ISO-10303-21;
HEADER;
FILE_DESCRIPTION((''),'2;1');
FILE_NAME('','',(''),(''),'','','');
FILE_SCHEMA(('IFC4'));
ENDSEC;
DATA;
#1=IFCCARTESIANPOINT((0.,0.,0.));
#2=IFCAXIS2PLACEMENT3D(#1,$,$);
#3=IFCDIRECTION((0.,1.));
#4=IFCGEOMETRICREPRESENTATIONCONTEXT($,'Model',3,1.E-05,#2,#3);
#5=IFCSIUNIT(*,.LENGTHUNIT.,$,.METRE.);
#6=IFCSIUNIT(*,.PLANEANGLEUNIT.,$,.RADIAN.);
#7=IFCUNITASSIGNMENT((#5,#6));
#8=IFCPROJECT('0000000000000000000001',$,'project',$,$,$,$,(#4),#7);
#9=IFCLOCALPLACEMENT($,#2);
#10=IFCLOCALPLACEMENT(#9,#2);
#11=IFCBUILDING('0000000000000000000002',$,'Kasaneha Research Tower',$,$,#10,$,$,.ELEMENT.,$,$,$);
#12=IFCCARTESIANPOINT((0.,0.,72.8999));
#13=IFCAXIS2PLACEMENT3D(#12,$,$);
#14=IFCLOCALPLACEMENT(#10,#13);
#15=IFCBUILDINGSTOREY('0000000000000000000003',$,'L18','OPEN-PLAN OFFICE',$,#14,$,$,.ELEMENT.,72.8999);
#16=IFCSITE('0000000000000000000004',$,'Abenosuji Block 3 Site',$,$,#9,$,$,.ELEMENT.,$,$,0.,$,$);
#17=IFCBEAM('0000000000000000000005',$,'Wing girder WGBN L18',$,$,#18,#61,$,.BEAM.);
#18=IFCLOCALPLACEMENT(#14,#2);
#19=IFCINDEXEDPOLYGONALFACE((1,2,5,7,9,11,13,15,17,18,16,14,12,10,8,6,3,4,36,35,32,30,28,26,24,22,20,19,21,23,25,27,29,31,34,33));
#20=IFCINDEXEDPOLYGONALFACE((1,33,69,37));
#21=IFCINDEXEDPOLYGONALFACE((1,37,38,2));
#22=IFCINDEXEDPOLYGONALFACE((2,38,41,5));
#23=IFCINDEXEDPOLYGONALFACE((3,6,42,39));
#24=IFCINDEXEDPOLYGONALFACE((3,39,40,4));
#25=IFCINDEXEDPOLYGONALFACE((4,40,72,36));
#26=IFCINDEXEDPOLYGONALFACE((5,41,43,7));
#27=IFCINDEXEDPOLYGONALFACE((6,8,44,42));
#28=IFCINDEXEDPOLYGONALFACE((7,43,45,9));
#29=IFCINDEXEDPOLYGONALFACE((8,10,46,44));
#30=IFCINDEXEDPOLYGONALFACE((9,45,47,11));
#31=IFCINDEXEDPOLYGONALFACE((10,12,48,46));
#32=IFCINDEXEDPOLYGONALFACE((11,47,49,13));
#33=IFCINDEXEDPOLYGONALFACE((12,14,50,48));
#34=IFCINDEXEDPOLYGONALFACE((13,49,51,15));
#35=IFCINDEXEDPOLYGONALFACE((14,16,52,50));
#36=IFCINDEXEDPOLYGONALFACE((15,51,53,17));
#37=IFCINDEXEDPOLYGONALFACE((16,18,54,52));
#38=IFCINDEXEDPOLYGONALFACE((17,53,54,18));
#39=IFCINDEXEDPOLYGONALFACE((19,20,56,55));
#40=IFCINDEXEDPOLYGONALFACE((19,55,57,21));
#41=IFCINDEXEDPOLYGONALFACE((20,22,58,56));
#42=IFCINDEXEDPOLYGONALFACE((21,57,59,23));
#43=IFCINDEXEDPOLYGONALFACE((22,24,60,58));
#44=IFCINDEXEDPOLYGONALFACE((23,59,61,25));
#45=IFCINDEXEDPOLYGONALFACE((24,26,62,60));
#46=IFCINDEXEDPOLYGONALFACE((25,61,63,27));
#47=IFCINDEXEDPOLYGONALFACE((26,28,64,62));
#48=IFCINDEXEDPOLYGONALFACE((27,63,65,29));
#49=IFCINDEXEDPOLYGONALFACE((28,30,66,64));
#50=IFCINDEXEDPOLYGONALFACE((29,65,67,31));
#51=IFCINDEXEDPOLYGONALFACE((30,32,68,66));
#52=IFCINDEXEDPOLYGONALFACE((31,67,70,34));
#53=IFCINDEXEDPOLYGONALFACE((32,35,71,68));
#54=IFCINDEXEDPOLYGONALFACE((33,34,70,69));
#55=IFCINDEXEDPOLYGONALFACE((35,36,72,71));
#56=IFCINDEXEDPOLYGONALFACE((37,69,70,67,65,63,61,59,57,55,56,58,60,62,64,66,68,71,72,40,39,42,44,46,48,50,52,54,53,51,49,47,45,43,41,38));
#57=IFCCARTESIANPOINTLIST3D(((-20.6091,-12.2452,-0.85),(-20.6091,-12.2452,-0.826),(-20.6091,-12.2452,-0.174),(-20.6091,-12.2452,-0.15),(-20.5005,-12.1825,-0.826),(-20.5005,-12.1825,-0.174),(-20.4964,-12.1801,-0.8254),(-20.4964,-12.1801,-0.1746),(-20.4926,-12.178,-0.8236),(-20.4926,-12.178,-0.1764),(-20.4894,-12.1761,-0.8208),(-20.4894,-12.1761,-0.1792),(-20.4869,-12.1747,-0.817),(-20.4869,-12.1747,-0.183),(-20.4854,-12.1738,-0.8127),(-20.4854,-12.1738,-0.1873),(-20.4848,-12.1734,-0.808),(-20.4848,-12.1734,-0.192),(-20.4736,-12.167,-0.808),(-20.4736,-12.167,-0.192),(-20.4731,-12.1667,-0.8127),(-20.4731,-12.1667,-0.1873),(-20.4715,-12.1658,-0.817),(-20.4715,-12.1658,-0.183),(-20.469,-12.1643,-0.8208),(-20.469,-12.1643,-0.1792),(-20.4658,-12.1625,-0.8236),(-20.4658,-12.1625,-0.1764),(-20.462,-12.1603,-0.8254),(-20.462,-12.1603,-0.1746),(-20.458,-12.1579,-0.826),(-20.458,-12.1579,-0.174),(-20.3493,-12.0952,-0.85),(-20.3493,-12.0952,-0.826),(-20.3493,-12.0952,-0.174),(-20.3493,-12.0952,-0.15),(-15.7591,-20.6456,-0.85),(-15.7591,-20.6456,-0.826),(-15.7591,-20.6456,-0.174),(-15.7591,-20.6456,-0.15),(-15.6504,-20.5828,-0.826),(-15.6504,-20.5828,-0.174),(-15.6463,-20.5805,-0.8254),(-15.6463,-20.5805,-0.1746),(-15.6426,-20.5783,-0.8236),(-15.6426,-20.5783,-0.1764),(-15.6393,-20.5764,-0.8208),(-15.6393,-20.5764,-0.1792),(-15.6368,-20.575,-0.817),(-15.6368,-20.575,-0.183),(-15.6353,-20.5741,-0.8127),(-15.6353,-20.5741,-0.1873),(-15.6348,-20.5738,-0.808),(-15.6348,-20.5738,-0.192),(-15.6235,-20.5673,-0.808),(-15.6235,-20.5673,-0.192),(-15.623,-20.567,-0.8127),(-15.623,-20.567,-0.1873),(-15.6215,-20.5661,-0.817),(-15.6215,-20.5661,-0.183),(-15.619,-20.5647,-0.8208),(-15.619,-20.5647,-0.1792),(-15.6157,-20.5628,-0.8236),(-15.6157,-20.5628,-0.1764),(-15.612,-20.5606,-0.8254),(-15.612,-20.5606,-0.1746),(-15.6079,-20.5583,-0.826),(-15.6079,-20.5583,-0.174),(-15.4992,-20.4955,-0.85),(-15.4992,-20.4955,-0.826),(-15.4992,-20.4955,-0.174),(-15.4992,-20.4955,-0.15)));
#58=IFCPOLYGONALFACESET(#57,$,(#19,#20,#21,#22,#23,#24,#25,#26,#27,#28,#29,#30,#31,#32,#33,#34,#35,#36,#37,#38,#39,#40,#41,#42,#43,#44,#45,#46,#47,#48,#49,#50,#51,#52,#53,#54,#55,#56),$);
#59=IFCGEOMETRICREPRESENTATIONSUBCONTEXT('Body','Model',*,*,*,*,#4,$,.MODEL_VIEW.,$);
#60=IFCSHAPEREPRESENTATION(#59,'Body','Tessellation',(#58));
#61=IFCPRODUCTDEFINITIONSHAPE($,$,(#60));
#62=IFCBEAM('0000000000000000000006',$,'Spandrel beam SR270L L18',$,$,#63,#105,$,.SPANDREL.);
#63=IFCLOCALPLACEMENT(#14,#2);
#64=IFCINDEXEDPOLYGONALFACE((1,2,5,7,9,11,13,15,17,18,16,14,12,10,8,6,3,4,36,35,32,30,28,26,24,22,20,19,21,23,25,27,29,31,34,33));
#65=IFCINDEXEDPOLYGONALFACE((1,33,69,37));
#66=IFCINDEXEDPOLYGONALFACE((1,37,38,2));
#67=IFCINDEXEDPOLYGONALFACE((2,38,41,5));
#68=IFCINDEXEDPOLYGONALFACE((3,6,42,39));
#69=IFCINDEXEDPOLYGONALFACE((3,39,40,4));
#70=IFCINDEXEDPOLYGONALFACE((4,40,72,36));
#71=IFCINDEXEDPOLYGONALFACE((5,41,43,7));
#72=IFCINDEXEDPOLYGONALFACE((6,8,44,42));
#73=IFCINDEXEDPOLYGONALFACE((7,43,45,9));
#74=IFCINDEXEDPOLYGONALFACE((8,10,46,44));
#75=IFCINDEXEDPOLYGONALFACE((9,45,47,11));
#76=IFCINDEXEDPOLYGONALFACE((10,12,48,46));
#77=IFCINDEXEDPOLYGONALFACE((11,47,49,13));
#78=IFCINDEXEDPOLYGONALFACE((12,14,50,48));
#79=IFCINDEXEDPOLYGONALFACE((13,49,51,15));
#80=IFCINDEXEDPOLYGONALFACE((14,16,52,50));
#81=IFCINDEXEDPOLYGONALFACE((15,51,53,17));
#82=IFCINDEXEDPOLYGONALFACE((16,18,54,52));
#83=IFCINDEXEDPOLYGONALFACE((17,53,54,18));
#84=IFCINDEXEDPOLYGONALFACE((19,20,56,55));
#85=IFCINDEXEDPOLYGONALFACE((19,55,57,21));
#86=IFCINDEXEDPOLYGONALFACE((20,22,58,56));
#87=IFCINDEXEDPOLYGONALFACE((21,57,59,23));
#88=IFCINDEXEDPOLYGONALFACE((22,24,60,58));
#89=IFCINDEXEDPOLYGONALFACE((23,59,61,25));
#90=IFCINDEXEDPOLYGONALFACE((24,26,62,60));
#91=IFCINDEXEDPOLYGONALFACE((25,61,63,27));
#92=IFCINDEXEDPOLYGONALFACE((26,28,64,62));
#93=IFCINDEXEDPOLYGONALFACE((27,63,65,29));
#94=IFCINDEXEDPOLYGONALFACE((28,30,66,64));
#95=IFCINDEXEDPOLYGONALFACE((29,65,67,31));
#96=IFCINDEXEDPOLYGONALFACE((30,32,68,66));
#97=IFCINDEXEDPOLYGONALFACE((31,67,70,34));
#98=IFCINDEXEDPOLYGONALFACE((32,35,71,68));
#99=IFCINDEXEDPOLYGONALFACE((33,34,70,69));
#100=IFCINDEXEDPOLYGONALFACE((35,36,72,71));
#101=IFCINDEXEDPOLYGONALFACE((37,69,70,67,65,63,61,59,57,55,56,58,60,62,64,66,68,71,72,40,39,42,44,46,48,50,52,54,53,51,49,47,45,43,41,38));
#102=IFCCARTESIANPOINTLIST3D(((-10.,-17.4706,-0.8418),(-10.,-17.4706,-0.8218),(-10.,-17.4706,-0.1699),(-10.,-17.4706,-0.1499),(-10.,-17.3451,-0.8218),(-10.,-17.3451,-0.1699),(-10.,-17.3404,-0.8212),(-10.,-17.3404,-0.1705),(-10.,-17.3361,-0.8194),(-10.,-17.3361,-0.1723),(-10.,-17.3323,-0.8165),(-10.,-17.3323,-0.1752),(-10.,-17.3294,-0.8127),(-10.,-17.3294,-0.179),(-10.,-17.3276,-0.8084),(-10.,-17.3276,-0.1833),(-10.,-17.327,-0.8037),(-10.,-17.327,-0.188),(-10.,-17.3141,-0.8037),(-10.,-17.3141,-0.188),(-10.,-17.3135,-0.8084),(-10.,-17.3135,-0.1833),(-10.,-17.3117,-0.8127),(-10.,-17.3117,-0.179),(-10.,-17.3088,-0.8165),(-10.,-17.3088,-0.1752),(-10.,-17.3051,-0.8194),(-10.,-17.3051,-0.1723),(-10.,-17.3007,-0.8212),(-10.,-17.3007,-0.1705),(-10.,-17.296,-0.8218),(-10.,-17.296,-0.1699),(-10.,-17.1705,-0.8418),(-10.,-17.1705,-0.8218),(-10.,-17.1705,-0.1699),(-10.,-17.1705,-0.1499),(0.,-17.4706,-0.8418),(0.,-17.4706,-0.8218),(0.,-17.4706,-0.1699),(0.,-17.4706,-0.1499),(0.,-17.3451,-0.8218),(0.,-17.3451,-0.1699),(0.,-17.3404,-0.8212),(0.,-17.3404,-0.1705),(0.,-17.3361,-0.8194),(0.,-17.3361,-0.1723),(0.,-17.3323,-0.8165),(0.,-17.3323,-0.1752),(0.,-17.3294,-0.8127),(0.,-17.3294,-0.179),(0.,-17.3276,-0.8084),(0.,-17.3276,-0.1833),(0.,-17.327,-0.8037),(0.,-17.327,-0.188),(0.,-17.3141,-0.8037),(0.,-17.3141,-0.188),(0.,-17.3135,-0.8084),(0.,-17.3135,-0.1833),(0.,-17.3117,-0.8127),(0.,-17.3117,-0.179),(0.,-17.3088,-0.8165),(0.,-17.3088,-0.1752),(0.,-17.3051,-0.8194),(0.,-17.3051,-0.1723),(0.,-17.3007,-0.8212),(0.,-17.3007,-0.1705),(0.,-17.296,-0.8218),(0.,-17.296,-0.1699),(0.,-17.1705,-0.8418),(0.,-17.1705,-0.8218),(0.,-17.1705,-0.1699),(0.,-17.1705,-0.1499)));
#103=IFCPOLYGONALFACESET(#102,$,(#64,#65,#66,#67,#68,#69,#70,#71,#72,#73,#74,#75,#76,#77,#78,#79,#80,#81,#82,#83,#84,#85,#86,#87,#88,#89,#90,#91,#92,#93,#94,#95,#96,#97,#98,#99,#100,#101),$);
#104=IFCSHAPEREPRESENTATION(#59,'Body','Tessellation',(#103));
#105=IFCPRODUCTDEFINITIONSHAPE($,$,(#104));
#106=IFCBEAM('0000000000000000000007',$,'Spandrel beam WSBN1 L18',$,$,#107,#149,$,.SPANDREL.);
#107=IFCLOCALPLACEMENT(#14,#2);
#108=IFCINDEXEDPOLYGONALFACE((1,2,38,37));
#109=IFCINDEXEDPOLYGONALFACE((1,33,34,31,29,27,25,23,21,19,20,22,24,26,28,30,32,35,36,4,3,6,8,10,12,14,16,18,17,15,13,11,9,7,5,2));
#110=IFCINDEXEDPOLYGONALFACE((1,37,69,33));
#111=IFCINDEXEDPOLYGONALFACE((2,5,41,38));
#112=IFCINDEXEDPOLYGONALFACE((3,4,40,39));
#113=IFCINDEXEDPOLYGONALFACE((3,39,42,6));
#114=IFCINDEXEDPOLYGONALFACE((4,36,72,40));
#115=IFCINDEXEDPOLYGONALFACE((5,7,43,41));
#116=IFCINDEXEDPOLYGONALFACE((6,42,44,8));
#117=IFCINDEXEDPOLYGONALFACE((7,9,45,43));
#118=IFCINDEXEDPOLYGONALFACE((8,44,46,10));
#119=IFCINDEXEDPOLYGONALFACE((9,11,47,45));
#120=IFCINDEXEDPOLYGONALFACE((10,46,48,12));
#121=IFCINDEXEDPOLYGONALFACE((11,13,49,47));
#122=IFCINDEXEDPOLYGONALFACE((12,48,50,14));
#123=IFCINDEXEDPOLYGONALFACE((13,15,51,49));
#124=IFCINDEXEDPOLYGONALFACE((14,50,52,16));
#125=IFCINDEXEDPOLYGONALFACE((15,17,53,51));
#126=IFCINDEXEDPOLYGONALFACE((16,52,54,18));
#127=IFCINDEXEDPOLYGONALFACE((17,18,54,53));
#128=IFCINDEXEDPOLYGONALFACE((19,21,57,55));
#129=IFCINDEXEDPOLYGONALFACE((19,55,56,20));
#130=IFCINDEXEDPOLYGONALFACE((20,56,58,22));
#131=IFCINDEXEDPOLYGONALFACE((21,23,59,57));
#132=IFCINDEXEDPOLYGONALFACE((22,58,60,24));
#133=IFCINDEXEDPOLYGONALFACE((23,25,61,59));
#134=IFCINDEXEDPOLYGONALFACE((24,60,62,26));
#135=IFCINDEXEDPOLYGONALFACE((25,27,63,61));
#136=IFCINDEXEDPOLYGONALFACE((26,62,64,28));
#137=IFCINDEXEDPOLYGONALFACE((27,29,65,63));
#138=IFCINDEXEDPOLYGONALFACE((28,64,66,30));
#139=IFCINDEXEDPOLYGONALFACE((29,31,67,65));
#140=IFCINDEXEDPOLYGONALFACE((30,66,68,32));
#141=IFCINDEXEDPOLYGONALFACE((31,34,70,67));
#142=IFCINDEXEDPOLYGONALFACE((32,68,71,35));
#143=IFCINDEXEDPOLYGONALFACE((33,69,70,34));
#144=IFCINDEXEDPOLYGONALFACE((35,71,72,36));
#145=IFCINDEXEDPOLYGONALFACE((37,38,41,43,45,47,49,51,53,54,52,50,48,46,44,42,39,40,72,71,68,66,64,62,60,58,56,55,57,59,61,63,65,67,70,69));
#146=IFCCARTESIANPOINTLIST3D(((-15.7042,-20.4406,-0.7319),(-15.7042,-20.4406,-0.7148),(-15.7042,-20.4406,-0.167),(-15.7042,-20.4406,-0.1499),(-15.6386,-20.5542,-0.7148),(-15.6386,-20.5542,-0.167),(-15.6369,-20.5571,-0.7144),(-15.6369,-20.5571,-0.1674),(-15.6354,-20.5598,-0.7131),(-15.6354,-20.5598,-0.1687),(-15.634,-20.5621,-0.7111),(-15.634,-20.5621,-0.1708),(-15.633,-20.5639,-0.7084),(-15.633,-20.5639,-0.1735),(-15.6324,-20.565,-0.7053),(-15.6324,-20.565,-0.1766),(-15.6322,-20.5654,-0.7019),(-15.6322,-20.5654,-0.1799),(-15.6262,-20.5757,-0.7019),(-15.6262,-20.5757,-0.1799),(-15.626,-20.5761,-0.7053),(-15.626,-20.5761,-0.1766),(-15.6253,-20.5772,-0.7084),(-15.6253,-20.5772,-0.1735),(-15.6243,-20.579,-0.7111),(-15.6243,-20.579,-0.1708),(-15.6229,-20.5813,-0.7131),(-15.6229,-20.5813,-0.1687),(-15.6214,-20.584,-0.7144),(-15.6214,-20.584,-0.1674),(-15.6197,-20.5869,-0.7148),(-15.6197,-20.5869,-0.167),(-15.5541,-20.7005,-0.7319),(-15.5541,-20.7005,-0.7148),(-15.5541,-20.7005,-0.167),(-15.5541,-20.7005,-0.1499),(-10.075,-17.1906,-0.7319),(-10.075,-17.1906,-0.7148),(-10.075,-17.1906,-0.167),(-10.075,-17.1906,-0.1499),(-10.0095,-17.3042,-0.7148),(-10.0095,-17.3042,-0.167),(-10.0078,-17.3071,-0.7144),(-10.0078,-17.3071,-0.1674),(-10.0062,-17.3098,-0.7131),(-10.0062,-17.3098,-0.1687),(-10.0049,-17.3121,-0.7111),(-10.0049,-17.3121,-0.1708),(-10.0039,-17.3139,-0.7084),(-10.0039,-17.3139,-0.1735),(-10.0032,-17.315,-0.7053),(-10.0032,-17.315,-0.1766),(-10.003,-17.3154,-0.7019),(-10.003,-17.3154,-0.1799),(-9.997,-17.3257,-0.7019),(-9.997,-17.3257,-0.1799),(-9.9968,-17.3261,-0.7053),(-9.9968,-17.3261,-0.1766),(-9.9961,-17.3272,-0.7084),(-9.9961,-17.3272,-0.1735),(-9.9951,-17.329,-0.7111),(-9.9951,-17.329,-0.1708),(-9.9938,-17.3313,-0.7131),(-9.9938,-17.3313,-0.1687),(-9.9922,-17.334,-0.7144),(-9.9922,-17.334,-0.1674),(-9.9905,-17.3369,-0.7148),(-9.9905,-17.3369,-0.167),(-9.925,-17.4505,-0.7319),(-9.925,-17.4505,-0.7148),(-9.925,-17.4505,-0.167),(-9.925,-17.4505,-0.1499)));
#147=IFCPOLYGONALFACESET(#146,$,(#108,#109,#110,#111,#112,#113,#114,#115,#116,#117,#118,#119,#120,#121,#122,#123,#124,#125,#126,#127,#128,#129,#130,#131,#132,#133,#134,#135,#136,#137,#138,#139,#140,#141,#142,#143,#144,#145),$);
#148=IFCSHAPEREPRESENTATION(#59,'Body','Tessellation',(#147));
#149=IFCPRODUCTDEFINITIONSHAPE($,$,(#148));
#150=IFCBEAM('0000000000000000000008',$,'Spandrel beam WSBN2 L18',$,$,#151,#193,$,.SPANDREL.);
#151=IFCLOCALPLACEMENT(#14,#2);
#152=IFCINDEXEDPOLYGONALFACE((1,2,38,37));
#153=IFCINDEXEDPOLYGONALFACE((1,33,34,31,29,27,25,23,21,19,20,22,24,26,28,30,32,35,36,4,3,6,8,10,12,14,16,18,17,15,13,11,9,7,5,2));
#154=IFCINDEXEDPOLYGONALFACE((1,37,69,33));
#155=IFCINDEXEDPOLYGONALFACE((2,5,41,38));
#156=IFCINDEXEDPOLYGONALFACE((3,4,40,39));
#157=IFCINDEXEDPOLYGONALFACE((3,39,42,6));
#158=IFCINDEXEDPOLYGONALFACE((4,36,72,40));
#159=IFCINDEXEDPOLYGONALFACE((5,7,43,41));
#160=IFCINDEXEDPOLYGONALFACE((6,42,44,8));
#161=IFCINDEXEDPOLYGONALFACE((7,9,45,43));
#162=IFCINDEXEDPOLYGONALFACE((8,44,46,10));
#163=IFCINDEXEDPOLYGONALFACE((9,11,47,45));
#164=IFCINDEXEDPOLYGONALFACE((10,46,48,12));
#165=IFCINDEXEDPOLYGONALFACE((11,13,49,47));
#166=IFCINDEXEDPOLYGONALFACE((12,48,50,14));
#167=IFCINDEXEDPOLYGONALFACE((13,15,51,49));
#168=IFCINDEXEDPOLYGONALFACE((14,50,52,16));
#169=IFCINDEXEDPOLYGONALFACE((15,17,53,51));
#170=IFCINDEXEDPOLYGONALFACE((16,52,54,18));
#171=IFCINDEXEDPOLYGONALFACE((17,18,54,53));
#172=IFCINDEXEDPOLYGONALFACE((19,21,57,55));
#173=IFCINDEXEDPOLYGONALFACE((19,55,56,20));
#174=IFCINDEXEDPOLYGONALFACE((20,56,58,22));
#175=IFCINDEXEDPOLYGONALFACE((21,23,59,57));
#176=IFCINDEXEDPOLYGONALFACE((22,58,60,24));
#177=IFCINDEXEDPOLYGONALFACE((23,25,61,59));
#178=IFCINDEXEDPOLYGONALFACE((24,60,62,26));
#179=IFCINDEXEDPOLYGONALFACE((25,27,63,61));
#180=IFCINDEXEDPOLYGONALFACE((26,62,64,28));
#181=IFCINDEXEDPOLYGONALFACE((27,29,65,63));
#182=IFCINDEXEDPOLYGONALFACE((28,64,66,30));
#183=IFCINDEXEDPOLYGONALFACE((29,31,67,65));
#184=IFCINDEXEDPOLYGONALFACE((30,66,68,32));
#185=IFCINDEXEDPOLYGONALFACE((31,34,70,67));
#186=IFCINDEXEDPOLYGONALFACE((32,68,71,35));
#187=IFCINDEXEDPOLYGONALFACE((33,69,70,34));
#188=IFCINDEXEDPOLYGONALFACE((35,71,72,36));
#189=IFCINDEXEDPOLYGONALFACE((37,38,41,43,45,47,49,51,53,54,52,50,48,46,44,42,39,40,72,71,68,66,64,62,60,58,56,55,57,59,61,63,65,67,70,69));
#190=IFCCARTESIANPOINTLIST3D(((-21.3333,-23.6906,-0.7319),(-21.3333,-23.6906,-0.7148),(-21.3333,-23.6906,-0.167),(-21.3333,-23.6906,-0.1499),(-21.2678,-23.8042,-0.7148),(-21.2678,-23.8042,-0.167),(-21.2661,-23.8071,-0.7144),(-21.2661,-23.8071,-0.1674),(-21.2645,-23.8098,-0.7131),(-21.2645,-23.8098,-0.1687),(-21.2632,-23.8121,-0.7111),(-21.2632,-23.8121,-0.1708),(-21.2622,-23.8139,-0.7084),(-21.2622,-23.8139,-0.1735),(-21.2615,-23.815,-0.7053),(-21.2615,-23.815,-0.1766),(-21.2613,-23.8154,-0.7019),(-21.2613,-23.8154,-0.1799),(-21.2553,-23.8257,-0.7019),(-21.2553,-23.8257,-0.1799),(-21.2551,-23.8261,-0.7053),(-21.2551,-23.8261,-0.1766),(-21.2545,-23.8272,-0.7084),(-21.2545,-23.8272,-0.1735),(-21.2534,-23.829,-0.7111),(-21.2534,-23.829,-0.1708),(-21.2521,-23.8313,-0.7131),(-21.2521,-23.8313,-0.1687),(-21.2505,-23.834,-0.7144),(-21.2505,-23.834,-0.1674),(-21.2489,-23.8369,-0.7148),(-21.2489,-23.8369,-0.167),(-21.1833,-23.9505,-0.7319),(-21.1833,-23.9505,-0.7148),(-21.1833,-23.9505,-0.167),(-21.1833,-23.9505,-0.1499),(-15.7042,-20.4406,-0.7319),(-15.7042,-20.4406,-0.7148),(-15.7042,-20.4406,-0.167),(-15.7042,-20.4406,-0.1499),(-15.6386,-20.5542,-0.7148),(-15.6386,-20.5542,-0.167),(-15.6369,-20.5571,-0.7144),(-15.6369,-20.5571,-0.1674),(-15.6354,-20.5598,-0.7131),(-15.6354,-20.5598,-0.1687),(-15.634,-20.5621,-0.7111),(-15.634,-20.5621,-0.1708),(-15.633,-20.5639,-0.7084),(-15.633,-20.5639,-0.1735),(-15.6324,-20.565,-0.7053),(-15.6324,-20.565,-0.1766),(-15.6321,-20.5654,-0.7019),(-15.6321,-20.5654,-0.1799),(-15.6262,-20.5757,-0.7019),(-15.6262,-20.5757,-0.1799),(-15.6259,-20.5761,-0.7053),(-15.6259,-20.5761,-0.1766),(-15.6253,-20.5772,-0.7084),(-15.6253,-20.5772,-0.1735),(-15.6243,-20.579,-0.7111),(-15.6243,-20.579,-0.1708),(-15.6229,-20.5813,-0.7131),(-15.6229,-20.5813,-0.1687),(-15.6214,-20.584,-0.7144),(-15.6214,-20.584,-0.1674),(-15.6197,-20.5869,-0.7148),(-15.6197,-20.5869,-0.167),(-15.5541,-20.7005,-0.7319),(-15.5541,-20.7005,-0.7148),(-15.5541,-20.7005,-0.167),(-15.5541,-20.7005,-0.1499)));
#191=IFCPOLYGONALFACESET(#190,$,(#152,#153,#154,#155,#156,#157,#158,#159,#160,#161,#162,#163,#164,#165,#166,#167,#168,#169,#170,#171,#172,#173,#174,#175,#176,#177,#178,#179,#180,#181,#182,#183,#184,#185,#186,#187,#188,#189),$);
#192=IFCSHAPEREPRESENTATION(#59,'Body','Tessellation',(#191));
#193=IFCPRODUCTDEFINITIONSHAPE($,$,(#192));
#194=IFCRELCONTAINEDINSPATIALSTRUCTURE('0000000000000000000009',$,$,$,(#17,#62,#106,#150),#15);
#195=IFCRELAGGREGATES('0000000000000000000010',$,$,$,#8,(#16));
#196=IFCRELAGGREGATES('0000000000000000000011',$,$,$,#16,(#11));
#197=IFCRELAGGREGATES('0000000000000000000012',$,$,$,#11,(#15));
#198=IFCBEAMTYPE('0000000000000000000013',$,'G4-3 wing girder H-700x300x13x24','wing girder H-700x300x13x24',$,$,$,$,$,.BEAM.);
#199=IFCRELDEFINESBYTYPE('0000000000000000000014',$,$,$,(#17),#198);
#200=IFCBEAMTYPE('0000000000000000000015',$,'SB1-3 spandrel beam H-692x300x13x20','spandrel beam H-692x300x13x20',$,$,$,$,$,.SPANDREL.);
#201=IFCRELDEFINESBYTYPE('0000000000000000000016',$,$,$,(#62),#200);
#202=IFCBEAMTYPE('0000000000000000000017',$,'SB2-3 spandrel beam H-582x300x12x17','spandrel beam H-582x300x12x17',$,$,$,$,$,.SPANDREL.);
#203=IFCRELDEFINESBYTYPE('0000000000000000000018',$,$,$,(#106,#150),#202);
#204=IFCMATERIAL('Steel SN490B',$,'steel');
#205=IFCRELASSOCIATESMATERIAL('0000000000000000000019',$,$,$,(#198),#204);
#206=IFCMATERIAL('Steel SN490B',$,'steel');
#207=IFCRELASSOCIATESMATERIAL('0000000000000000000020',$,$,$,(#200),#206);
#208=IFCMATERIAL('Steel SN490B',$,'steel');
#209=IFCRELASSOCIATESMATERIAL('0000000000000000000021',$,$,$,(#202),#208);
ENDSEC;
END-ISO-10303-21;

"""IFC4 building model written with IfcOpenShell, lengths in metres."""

from ifc_helpers import new_model, si_unit, direction, frame, origin, origin_2d, place, context, subcontext, project, spatial, i_section, extrude, material, material_profile, profile_set, type_object, element, save


model = new_model("IFC4")

# Units and contexts
model_context = context("Model", 3, precision=1e-05, world=origin(), true_north=direction((0.0, 1.0)))
body_context = subcontext(model_context, "Body", "Model", "MODEL_VIEW")
ifc_project = project(units=[si_unit("LENGTHUNIT", "METRE"), si_unit("PLANEANGLEUNIT", "RADIAN")], contexts=[model_context])

# Site, building, storey
site_placement = place(None, origin())
site = spatial("IfcSite", under=ifc_project, at=site_placement, Name="Abenosuji Block 3 Site", CompositionType="ELEMENT", RefElevation=0.0)
building_placement = place(site_placement, origin())
building = spatial("IfcBuilding", under=site, at=building_placement, Name="Kasaneha Research Tower", CompositionType="ELEMENT")
storey_placement = place(building_placement, frame((0.0, 0.0, 72.8999)))
storey = spatial("IfcBuildingStorey", under=building, at=storey_placement, Name="L18", Description="OPEN-PLAN OFFICE", CompositionType="ELEMENT", Elevation=72.8999)

# Beams
ifc_material_1 = material(Name="Steel SN490B", Category="steel")
ifc_material_profile_1 = material_profile(ifc_material_1, i_section(OverallWidth=0.3, OverallDepth=0.7, WebThickness=0.0129, FlangeThickness=0.0239, FilletRadius=0.0181, at=origin_2d()), Name="H-700x300x13x24")
ifc_profile_set_1 = profile_set([ifc_material_profile_1], Name="Steel SN490B")
beam_type_1 = type_object("IfcBeamType", Name="G4-3 wing girder H-700x300x13x24", Description="wing girder H-700x300x13x24", PredefinedType="BEAM", material=ifc_profile_set_1)
beam_1_placement = place(storey_placement, frame((-15.6292, -20.5706, -0.5), z_axis=(-0.50001, 0.86602, 0.0), x_axis=(-0.86602, -0.50001, 0.0)))
element("IfcBeam", 1, at=beam_1_placement, inside=storey, type_object=beam_type_1, Name="Wing girder WGBN L18", PredefinedType="BEAM", context=body_context, shape_type="SweptSolid", body=[
    extrude(i_section(OverallWidth=0.3, OverallDepth=0.7, WebThickness=0.0129, FlangeThickness=0.0239, FilletRadius=0.0181, at=origin_2d()), origin(), (0.0, 0.0, 1.0), 9.7),
])
ifc_material_2 = material(Name="Steel SN490B", Category="steel")
ifc_material_profile_2 = material_profile(ifc_material_2, i_section(OverallWidth=0.3, OverallDepth=0.6919, WebThickness=0.0129, FlangeThickness=0.02, FilletRadius=0.0181, at=origin_2d()), Name="H-692x300x13x20")
ifc_profile_set_2 = profile_set([ifc_material_profile_2], Name="Steel SN490B")
beam_type_2 = type_object("IfcBeamType", Name="SB1-3 spandrel beam H-692x300x13x20", Description="spandrel beam H-692x300x13x20", PredefinedType="SPANDREL", material=ifc_profile_set_2)
beam_2_placement = place(storey_placement, frame((-10.0, -17.3206, -0.4958), z_axis=(1.0, 0.0, 0.0), x_axis=(0.0, 1.0, 0.0)))
element("IfcBeam", 2, at=beam_2_placement, inside=storey, type_object=beam_type_2, Name="Spandrel beam SR270L L18", PredefinedType="SPANDREL", context=body_context, shape_type="SweptSolid", body=[
    extrude(i_section(OverallWidth=0.3, OverallDepth=0.6919, WebThickness=0.0129, FlangeThickness=0.02, FilletRadius=0.0181, at=origin_2d()), origin(), (0.0, 0.0, 1.0), 10.0),
])
ifc_material_3 = material(Name="Steel SN490B", Category="steel")
ifc_material_profile_3 = material_profile(ifc_material_3, i_section(OverallWidth=0.3, OverallDepth=0.582, WebThickness=0.012, FlangeThickness=0.0171, FilletRadius=0.0129, at=origin_2d()), Name="H-582x300x12x17")
ifc_profile_set_3 = profile_set([ifc_material_profile_3], Name="Steel SN490B")
beam_type_3 = type_object("IfcBeamType", Name="SB2-3 spandrel beam H-582x300x12x17", Description="spandrel beam H-582x300x12x17", PredefinedType="SPANDREL", material=ifc_profile_set_3)
for number, where, z_axis, x_axis, name in (
    (3, (-10.0, -17.3206, -0.4409), (-0.866025, -0.500001, 0.0), (0.500001, -0.866025, 0.0), "Spandrel beam WSBN1 L18"),
    (4, (-15.6292, -20.5706, -0.4409), (-0.866025, -0.500001, 0.0), (0.500001, -0.866025, 0.0), "Spandrel beam WSBN2 L18"),
):
    element("IfcBeam", number, at=place(storey_placement, frame(where, z_axis=z_axis, x_axis=x_axis)), inside=storey, type_object=beam_type_3, Name=name, PredefinedType="SPANDREL", context=body_context, shape_type="SweptSolid", body=[
        extrude(i_section(OverallWidth=0.3, OverallDepth=0.582, WebThickness=0.012, FlangeThickness=0.0171, FilletRadius=0.0129, at=origin_2d()), origin(), (0.0, 0.0, 1.0), 6.5),
    ])

save(model, "model.ifc")
